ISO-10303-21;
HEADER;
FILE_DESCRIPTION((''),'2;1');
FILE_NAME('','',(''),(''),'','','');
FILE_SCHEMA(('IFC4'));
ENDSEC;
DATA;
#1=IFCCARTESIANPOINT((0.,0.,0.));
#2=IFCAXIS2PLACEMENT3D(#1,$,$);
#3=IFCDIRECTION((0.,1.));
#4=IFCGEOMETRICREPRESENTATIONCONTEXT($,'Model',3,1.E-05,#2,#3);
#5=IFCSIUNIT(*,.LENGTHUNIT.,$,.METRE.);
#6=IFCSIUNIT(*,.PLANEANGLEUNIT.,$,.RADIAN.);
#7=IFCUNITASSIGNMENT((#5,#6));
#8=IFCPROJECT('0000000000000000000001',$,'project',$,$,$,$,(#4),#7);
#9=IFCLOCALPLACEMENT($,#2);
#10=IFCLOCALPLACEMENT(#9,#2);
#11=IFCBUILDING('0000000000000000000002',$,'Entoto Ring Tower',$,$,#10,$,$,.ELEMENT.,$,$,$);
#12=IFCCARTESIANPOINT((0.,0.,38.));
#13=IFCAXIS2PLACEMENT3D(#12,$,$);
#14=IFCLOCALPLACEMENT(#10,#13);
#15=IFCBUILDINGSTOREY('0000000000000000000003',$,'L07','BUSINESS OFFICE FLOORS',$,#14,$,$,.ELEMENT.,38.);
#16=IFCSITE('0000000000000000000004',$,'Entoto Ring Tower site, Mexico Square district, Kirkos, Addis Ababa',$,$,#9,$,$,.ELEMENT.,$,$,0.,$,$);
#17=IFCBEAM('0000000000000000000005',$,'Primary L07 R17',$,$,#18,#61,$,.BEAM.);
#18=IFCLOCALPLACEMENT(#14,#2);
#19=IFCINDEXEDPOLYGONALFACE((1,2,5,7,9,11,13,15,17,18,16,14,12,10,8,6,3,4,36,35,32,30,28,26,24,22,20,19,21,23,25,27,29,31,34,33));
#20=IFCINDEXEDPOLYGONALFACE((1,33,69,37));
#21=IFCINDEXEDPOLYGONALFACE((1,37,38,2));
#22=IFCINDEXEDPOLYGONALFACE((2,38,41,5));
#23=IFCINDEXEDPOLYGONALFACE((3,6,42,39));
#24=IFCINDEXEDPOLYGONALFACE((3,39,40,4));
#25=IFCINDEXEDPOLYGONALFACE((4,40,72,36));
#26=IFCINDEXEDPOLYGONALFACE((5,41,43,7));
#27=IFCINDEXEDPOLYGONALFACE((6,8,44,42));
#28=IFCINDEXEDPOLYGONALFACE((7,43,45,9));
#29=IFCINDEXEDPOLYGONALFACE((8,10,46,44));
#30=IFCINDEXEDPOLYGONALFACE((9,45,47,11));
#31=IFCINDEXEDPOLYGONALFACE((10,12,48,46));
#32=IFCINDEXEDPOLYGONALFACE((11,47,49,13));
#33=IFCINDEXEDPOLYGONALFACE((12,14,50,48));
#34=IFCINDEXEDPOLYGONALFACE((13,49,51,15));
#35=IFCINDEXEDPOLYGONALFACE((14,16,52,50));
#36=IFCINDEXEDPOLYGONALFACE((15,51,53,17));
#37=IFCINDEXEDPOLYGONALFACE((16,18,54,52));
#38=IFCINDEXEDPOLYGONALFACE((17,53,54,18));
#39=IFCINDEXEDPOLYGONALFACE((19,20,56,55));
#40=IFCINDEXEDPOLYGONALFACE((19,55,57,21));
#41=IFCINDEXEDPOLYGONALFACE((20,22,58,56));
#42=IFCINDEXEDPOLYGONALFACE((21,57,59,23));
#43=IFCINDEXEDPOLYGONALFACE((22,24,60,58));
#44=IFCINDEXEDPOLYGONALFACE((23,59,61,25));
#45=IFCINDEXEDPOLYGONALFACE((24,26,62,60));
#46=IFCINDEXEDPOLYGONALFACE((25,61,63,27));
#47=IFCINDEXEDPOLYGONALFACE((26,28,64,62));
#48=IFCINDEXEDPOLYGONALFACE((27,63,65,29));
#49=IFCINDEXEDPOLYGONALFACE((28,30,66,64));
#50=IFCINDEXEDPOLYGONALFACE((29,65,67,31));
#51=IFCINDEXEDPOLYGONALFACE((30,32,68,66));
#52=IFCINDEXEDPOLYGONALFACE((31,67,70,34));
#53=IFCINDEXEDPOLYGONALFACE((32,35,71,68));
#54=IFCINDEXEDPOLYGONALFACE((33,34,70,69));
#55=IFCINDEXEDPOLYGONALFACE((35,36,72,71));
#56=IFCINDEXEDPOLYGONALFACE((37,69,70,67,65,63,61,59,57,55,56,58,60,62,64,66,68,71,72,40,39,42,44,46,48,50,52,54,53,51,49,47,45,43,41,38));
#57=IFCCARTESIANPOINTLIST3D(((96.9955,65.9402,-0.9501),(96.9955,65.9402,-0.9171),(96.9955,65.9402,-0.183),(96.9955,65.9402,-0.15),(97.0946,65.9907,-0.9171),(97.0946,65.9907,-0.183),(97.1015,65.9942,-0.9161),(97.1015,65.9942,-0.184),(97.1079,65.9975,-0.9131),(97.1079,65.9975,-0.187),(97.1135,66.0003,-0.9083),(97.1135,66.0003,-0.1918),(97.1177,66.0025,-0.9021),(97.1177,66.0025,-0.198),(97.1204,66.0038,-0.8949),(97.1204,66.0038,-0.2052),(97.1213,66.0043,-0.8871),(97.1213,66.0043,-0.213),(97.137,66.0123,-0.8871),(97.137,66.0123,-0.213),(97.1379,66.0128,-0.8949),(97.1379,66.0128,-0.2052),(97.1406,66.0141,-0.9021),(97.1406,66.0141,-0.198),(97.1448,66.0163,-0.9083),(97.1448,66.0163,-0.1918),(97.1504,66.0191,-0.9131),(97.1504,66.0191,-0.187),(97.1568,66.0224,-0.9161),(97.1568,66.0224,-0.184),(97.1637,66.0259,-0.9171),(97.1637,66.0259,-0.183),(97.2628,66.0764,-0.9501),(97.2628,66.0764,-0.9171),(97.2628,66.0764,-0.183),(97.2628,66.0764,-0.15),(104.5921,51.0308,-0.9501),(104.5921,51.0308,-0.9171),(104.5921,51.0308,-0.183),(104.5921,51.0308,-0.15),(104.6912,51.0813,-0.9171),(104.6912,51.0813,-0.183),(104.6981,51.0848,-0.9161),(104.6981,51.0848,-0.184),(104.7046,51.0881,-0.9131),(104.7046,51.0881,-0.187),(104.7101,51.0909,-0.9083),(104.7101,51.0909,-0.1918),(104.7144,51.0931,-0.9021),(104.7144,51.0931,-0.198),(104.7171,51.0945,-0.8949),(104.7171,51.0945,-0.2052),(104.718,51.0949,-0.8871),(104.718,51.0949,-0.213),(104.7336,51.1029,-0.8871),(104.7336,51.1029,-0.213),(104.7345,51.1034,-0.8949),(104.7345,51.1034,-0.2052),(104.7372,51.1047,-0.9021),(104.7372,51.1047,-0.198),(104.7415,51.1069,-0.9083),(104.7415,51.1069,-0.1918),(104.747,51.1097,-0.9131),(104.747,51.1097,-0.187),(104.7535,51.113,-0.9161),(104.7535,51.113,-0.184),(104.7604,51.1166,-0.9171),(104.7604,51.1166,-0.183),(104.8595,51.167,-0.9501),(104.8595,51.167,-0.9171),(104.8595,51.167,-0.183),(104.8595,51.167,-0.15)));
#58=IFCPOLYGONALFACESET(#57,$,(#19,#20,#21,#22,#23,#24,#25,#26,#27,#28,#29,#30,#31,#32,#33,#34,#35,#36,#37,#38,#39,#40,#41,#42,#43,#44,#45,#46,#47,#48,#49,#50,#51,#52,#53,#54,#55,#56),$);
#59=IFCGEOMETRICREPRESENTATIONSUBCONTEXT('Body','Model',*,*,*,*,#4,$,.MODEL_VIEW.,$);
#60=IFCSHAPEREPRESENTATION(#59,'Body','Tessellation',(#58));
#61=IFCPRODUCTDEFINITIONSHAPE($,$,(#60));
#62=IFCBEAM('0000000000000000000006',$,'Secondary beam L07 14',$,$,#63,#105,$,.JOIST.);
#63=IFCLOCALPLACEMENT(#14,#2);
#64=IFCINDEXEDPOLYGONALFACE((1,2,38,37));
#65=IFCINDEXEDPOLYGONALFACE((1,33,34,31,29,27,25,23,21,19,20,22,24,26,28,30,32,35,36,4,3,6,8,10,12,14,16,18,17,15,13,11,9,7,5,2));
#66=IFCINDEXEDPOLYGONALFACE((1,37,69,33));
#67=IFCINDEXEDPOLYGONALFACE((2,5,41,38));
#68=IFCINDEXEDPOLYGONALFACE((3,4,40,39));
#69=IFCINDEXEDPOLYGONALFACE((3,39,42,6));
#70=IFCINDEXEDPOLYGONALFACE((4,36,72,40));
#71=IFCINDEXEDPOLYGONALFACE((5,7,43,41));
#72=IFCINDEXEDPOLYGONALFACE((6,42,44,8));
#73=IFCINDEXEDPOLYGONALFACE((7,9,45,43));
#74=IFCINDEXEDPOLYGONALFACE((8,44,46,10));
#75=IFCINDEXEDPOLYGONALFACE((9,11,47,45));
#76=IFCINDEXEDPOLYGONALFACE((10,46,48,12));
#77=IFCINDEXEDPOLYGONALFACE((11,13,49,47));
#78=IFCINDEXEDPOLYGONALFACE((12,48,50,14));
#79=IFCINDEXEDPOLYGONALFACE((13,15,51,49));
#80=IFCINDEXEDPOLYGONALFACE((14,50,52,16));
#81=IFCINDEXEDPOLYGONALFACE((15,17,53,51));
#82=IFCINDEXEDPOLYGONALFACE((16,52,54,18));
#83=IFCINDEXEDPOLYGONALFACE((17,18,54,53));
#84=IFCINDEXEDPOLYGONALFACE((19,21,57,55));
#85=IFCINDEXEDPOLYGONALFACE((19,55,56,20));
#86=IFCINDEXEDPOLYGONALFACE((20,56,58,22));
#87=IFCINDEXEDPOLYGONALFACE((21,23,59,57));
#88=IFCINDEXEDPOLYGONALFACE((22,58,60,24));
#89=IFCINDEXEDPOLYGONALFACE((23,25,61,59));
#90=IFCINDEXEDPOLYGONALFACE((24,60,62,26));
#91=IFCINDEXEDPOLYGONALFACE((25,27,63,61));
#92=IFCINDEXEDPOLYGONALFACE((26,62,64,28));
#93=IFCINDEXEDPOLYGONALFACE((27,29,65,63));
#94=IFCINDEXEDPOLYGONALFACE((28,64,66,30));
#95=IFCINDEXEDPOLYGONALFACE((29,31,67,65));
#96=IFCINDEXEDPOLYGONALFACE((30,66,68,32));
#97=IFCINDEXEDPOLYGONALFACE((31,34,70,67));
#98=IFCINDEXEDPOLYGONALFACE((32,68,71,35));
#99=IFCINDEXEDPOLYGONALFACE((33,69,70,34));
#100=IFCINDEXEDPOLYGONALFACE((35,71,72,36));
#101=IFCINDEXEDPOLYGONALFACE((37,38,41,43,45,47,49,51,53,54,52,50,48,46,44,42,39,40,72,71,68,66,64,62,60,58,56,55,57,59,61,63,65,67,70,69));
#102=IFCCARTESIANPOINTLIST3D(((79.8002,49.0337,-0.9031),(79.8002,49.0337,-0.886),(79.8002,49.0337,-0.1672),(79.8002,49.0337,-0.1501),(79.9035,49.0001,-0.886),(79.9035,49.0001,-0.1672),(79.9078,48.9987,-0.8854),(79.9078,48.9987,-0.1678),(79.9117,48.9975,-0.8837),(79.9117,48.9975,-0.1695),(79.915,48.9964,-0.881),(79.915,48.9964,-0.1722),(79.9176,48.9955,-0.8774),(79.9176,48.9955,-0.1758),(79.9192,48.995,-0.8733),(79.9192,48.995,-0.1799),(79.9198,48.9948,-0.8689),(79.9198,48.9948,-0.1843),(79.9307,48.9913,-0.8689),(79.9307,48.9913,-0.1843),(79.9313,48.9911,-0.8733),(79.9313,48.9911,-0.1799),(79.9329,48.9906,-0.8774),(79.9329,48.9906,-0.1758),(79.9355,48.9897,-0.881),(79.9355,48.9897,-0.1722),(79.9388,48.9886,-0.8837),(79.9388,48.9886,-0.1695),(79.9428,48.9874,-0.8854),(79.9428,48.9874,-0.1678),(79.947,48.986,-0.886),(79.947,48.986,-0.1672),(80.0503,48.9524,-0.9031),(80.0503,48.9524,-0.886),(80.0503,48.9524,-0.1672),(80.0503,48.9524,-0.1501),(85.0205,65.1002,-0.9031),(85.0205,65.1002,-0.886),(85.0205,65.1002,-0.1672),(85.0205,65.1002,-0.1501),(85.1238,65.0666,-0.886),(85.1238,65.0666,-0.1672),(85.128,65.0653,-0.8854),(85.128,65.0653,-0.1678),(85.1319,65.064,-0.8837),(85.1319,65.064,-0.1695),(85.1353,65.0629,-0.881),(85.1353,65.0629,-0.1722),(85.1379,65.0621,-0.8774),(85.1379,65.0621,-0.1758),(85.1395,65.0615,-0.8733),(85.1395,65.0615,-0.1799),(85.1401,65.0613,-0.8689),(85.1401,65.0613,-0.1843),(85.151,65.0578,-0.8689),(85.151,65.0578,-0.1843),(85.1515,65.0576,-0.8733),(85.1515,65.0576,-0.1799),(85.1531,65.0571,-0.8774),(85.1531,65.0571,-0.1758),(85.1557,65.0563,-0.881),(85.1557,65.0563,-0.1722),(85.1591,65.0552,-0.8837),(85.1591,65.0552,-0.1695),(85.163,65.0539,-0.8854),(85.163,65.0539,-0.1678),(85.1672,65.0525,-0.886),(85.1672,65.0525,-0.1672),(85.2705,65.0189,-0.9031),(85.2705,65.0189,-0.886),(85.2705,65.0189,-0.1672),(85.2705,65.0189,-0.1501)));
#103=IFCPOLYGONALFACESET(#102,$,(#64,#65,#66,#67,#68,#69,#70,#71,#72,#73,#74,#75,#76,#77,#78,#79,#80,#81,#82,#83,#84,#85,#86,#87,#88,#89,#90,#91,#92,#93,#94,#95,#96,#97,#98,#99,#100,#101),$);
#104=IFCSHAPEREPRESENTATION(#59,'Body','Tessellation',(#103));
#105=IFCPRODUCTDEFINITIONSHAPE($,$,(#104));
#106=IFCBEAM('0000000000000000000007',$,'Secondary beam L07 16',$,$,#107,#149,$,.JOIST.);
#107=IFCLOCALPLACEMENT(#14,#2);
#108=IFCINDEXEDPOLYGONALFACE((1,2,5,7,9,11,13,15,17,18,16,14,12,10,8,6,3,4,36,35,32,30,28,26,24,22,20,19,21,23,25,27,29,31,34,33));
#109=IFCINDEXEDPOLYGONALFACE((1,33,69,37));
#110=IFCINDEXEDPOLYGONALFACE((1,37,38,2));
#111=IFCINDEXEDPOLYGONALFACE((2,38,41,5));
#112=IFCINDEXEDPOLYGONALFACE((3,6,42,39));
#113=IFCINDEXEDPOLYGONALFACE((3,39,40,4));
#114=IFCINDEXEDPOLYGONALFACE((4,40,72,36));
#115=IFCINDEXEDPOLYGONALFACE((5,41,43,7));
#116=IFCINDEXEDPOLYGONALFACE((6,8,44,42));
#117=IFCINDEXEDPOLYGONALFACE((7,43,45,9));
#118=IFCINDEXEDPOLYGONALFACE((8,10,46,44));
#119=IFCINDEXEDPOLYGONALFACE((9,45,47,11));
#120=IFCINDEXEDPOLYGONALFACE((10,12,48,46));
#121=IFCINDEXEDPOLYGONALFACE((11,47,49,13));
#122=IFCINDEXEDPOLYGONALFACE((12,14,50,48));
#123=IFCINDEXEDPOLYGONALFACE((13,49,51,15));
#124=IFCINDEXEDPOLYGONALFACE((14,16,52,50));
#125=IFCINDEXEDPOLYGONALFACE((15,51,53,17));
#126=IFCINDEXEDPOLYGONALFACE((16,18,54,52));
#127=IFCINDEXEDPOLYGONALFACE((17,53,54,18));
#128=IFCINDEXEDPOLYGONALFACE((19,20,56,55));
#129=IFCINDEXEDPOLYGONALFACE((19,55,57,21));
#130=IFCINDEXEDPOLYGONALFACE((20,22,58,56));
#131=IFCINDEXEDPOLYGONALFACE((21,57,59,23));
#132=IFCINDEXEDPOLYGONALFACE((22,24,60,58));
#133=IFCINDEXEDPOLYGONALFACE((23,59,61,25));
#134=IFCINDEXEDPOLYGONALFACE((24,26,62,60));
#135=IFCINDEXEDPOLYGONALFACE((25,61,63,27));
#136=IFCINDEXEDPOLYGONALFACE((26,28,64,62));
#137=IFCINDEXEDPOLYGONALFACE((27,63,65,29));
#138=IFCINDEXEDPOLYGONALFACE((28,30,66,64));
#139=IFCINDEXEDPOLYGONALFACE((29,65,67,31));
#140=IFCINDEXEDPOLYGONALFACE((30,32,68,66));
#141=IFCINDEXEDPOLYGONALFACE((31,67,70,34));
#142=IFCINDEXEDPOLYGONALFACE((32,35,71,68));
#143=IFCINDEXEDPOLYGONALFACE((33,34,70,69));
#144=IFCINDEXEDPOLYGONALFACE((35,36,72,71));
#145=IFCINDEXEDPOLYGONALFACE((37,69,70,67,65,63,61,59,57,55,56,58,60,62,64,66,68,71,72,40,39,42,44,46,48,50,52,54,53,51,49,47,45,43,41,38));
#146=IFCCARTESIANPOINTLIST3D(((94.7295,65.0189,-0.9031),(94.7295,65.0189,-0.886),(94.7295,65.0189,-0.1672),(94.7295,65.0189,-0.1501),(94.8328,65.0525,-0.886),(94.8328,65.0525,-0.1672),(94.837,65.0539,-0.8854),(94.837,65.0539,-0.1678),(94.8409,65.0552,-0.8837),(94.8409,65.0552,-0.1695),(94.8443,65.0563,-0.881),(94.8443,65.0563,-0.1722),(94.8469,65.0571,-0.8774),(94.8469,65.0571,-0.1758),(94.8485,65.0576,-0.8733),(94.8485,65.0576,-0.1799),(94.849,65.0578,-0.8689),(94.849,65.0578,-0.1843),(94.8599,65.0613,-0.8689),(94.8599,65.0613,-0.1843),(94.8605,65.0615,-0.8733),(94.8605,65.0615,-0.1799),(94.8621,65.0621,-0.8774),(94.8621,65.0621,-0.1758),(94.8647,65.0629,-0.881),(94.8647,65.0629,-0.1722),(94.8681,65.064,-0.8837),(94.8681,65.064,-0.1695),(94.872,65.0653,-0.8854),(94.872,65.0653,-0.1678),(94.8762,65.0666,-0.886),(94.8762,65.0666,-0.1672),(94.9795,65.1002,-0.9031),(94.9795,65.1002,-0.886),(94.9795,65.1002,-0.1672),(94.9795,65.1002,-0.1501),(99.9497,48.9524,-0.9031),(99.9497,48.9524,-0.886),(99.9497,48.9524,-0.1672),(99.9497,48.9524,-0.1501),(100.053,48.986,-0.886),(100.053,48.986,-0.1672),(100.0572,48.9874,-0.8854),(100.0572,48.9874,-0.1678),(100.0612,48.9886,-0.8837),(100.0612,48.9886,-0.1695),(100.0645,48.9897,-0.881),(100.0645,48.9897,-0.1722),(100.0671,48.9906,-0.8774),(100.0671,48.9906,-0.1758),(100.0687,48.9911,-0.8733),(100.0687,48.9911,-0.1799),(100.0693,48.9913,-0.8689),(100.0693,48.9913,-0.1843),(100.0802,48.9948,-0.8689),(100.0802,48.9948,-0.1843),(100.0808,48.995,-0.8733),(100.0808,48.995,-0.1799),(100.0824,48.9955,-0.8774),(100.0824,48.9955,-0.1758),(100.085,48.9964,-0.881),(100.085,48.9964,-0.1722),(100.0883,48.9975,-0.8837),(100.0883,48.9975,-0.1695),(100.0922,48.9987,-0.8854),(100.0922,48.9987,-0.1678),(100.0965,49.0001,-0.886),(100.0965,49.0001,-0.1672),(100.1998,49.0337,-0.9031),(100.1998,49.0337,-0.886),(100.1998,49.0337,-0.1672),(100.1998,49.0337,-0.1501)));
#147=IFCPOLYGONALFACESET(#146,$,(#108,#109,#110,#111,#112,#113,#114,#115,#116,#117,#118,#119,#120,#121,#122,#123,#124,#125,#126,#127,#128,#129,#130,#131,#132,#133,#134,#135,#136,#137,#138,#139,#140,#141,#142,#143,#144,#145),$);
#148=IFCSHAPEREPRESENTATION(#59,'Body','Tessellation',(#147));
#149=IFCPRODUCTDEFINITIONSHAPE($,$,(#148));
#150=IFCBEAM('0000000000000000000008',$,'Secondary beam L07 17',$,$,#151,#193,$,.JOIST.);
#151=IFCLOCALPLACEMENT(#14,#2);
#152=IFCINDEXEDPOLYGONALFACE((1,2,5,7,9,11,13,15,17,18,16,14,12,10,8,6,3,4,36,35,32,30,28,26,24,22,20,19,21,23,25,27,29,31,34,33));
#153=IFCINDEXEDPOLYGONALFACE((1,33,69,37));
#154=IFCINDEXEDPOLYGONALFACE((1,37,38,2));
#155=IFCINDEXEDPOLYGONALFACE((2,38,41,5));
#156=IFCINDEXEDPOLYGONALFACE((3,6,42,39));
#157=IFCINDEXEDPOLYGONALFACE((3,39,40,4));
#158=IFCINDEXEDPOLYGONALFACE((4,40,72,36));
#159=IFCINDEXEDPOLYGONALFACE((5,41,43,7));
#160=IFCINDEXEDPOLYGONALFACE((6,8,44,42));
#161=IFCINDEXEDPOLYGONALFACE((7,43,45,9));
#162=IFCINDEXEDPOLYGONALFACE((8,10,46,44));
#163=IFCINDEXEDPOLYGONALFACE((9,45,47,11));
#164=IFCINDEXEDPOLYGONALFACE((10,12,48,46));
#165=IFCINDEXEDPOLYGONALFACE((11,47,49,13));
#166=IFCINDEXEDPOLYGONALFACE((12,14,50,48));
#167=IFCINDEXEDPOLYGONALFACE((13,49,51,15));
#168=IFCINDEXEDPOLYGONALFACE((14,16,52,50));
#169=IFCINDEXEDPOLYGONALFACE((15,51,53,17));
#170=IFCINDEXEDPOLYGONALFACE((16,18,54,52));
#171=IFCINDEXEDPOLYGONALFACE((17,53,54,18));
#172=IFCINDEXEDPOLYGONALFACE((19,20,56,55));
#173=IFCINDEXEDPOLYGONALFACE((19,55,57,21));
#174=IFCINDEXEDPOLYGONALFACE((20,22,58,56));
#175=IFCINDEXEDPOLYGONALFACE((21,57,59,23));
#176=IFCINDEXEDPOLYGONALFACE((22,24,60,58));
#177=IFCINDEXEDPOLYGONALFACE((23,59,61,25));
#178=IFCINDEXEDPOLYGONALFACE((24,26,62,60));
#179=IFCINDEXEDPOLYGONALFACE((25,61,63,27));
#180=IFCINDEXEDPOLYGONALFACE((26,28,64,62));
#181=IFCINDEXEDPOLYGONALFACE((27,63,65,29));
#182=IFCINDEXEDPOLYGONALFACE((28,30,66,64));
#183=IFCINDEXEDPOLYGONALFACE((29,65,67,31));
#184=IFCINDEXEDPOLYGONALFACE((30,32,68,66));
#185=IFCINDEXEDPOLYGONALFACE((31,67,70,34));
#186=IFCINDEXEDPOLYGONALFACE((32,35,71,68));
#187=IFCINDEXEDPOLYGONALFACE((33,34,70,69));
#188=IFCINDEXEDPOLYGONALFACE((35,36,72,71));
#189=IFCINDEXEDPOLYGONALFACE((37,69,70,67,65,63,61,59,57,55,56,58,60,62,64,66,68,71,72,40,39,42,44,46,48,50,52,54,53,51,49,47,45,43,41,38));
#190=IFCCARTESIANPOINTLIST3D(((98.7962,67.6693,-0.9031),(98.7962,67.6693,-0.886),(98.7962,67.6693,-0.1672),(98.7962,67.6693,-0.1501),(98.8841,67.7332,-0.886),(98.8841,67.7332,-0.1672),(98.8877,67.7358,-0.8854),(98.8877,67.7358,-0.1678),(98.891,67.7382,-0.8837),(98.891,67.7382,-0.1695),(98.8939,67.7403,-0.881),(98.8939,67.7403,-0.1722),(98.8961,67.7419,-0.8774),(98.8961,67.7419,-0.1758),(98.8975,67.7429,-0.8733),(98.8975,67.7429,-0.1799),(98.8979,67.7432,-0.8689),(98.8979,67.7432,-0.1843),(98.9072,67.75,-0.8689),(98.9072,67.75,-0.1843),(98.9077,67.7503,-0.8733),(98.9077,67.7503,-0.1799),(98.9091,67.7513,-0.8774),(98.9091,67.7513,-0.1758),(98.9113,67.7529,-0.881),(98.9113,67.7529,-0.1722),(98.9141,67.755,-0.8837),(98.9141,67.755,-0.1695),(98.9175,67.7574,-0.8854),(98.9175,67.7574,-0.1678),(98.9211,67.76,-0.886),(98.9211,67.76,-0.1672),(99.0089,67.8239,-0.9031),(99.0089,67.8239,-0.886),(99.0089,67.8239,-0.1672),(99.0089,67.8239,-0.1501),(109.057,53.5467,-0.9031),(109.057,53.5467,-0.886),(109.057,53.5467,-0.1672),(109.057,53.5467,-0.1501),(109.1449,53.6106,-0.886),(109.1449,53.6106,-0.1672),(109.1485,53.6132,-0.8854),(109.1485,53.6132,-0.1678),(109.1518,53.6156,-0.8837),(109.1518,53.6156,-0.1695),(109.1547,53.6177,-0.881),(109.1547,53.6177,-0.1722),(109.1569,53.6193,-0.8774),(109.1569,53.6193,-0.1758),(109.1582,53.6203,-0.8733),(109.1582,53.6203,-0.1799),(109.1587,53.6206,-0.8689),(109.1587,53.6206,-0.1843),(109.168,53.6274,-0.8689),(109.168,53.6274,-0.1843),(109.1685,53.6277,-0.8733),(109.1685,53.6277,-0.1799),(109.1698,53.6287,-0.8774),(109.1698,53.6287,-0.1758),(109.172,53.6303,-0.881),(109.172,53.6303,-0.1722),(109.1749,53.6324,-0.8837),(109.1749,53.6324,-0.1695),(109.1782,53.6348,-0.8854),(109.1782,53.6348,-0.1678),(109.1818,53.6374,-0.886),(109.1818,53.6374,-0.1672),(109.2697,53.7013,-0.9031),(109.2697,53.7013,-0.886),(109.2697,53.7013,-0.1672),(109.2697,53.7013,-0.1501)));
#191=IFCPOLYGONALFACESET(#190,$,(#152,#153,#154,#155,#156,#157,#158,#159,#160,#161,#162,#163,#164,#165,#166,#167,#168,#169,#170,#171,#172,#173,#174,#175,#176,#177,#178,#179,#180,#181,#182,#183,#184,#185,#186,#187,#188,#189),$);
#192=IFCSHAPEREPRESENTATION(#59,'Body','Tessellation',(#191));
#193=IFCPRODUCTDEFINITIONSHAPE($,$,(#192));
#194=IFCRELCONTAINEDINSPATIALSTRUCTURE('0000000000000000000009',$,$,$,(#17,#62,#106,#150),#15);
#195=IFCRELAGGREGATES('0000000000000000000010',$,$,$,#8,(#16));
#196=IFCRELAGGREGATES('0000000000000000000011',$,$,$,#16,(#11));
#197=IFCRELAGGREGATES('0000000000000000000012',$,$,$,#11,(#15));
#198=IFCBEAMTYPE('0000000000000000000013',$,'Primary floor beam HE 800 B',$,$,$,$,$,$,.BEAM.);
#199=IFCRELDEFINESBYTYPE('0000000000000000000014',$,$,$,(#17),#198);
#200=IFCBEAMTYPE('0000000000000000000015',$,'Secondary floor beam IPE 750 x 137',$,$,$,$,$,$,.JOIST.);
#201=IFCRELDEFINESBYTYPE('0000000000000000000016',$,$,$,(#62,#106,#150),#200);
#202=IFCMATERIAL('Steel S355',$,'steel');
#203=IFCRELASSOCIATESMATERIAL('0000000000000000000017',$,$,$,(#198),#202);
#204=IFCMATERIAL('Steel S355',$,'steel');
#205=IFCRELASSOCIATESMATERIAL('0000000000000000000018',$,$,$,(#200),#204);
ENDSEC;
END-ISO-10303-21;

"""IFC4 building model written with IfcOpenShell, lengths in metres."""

from ifc_helpers import new_model, si_unit, direction, frame, origin, origin_2d, place, context, subcontext, project, spatial, i_section, extrude, material, material_profile, profile_set, type_object, element, save


model = new_model("IFC4")

# Units and contexts
model_context = context("Model", 3, precision=1e-05, world=origin(), true_north=direction((0.0, 1.0)))
body_context = subcontext(model_context, "Body", "Model", "MODEL_VIEW")
ifc_project = project(units=[si_unit("LENGTHUNIT", "METRE"), si_unit("PLANEANGLEUNIT", "RADIAN")], contexts=[model_context])

# Site, building, storey
site_placement = place(None, origin())
site = spatial("IfcSite", under=ifc_project, at=site_placement, Name="Entoto Ring Tower site, Mexico Square district, Kirkos, Addis Ababa", CompositionType="ELEMENT", RefElevation=0.0)
building_placement = place(site_placement, origin())
building = spatial("IfcBuilding", under=site, at=building_placement, Name="Entoto Ring Tower", CompositionType="ELEMENT")
storey_placement = place(building_placement, frame((0.0, 0.0, 38.0)))
storey = spatial("IfcBuildingStorey", under=building, at=storey_placement, Name="L07", Description="BUSINESS OFFICE FLOORS", CompositionType="ELEMENT", Elevation=38.0)

# Beams
ifc_material_1 = material(Name="Steel S355", Category="steel")
ifc_material_profile_1 = material_profile(ifc_material_1, i_section(OverallWidth=0.3, OverallDepth=0.8, WebThickness=0.0176, FlangeThickness=0.033, FilletRadius=0.03, at=origin_2d()), Name="HE 800 B")
ifc_profile_set_1 = profile_set([ifc_material_profile_1], Name="Steel S355")
beam_type_1 = type_object("IfcBeamType", Name="Primary floor beam HE 800 B", PredefinedType="BEAM", material=ifc_profile_set_1)
beam_1_placement = place(storey_placement, frame((97.1292, 66.0083, -0.55), z_axis=(0.453988, -0.891008, 0.0), x_axis=(0.891008, 0.453988, 0.0)))
element("IfcBeam", 1, at=beam_1_placement, inside=storey, type_object=beam_type_1, Name="Primary L07 R17", PredefinedType="BEAM", context=body_context, shape_type="SweptSolid", body=[
    extrude(i_section(OverallWidth=0.3, OverallDepth=0.8, WebThickness=0.0176, FlangeThickness=0.033, FilletRadius=0.03, at=origin_2d()), origin(), (0.0, 0.0, 1.0), 16.7332),
])
ifc_material_2 = material(Name="Steel S355", Category="steel")
ifc_material_profile_2 = material_profile(ifc_material_2, i_section(OverallWidth=0.2629, OverallDepth=0.7529, WebThickness=0.0115, FlangeThickness=0.0171, FilletRadius=0.0171, at=origin_2d()), Name="IPE 750 x 137")
ifc_profile_set_2 = profile_set([ifc_material_profile_2], Name="Steel S355")
beam_type_2 = type_object("IfcBeamType", Name="Secondary floor beam IPE 750 x 137", PredefinedType="JOIST", material=ifc_profile_set_2)
for number, where, z_axis, x_axis, name in (
    (2, (85.1455, 65.0596, -0.5266), (-0.309013, -0.951058, 0.0), (0.951058, -0.309013, 0.0), "Secondary beam L07 14"),
    (3, (94.8545, 65.0596, -0.5266), (0.309013, -0.951058, 0.0), (0.951058, 0.309013, 0.0), "Secondary beam L07 16"),
):
    element("IfcBeam", number, at=place(storey_placement, frame(where, z_axis=z_axis, x_axis=x_axis)), inside=storey, type_object=beam_type_2, Name=name, PredefinedType="JOIST", context=body_context, shape_type="SweptSolid", body=[
        extrude(i_section(OverallWidth=0.2629, OverallDepth=0.7529, WebThickness=0.0115, FlangeThickness=0.0171, FilletRadius=0.0171, at=origin_2d()), origin(), (0.0, 0.0, 1.0), 16.8933),
    ])
beam_2_placement = place(storey_placement, frame((98.9026, 67.7466, -0.5266), z_axis=(0.587789, -0.809014, 0.0), x_axis=(0.809014, 0.587789, 0.0)))
element("IfcBeam", 4, at=beam_2_placement, inside=storey, type_object=beam_type_2, Name="Secondary beam L07 17", PredefinedType="JOIST", context=body_context, shape_type="SweptSolid", body=[
    extrude(i_section(OverallWidth=0.2629, OverallDepth=0.7529, WebThickness=0.0115, FlangeThickness=0.0171, FilletRadius=0.0171, at=origin_2d()), origin(), (0.0, 0.0, 1.0), 17.4565),
])

save(model, "model.ifc")
